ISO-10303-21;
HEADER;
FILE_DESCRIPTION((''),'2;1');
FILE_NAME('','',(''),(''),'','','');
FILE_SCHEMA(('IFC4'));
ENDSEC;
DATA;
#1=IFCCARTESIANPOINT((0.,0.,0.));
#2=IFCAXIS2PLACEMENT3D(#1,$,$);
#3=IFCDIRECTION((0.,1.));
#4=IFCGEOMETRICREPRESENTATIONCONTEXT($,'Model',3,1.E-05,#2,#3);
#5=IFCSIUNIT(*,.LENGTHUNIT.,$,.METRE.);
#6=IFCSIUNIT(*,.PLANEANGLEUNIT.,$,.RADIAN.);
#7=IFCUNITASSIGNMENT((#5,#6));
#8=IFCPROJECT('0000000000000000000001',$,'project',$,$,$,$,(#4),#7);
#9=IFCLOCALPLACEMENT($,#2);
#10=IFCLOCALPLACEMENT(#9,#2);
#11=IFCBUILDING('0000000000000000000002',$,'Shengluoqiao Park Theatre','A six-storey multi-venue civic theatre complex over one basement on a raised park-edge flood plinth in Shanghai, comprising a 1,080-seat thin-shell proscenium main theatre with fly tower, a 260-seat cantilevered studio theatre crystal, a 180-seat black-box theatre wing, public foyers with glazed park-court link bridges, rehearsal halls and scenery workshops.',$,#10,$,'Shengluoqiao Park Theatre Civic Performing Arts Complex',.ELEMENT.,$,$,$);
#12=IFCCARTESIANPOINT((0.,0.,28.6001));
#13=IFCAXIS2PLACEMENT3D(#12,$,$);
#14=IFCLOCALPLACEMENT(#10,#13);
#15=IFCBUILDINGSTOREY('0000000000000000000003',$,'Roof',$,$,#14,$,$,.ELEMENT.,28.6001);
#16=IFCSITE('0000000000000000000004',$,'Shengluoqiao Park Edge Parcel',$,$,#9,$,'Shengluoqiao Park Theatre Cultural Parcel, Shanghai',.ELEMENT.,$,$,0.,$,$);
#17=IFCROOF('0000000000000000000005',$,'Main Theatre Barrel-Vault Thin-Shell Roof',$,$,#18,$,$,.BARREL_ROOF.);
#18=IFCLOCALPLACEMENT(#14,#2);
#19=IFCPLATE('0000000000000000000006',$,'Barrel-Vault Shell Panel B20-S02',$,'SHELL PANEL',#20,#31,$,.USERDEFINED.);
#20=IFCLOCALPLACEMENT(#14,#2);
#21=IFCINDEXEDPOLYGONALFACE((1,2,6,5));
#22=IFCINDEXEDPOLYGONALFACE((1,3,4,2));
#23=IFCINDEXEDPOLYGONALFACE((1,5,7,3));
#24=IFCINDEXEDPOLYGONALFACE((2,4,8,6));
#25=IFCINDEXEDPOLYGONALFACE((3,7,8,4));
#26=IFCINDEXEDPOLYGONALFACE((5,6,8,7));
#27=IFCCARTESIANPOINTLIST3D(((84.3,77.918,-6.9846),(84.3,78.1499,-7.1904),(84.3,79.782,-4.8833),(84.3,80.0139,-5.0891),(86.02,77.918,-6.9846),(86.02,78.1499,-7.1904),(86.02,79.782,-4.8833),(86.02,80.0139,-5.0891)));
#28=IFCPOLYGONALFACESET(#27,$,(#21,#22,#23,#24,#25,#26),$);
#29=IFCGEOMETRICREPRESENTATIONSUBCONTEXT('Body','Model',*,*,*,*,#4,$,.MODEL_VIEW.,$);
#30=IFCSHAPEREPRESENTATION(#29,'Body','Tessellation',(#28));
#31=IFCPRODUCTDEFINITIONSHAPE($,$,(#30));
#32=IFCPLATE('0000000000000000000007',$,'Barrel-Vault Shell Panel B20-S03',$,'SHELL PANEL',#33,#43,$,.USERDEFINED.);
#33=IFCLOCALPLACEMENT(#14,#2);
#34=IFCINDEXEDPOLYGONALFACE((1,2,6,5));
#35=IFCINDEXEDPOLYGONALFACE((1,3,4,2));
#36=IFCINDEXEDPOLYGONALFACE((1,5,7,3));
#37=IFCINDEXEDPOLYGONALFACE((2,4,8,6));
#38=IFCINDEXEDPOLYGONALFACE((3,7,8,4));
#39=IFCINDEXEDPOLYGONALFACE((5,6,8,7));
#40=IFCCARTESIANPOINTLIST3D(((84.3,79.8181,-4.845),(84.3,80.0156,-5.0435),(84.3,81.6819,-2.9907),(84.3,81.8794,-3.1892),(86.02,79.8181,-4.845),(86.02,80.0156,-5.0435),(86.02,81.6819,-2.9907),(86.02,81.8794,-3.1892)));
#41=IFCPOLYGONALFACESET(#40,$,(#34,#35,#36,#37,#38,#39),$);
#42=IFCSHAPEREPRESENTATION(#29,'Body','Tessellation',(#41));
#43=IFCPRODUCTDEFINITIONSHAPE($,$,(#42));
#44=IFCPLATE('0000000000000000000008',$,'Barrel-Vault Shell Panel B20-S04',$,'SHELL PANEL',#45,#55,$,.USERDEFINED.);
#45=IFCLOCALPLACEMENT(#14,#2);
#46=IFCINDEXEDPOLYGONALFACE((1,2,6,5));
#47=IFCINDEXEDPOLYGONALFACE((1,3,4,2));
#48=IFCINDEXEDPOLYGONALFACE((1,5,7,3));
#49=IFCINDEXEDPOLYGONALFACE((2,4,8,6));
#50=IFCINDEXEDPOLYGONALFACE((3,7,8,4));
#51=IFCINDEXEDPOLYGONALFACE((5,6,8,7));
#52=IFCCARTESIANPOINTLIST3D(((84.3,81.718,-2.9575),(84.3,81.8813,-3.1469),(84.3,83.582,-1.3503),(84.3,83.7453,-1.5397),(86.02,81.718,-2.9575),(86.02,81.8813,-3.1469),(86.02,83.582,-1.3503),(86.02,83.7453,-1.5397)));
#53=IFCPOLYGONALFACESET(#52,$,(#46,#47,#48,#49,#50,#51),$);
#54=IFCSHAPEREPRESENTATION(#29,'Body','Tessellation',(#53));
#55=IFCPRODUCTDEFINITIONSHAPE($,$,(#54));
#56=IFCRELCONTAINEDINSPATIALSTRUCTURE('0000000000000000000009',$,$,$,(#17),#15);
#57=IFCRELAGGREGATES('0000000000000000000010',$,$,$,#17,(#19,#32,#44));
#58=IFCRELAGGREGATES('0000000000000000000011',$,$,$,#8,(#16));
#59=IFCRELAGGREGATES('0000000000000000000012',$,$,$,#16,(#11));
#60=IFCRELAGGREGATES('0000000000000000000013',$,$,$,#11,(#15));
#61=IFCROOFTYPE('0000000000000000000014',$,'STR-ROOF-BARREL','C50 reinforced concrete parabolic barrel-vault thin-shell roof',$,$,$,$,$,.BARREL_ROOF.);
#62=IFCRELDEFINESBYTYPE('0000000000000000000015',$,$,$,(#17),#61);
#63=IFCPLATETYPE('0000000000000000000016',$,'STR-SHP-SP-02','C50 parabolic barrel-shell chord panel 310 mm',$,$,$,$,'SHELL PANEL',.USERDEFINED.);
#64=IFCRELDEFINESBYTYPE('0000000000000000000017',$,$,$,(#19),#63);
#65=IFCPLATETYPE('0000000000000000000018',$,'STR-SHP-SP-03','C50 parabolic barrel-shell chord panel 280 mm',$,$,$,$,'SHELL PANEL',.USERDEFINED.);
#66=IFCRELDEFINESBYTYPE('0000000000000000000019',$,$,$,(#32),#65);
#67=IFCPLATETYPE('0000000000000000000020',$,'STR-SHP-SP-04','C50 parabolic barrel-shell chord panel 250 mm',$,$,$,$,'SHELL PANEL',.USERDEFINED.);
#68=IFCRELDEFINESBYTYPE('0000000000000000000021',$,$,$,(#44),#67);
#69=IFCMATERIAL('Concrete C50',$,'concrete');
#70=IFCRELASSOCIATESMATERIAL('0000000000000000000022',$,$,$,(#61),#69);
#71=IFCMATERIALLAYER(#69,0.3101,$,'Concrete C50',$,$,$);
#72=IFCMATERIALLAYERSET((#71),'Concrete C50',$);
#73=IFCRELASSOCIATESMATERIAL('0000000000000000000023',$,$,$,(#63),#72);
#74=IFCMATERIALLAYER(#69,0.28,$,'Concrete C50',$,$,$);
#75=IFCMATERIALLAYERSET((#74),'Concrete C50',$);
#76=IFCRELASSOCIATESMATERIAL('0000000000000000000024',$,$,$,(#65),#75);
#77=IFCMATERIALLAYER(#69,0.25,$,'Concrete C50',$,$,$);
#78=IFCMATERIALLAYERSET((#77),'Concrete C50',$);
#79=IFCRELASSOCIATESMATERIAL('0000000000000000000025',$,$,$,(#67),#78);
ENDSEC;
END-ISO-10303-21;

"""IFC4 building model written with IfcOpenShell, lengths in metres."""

from ifc_helpers import new_model, si_unit, direction, frame, origin, place, context, subcontext, project, spatial, polyline, outline, extrude, material, layer, layer_set, type_object, element, aggregate, save


model = new_model("IFC4")

# Units and contexts
model_context = context("Model", 3, precision=1e-05, world=origin(), true_north=direction((0.0, 1.0)))
body_context = subcontext(model_context, "Body", "Model", "MODEL_VIEW")
ifc_project = project(units=[si_unit("LENGTHUNIT", "METRE"), si_unit("PLANEANGLEUNIT", "RADIAN")], contexts=[model_context])

# Site, building, storey
site_placement = place(None, origin())
site = spatial("IfcSite", under=ifc_project, at=site_placement, Name="Shengluoqiao Park Edge Parcel", LongName="Shengluoqiao Park Theatre Cultural Parcel, Shanghai", CompositionType="ELEMENT", RefElevation=0.0)
building_placement = place(site_placement, origin())
building = spatial("IfcBuilding", under=site, at=building_placement, Name="Shengluoqiao Park Theatre", Description="A six-storey multi-venue civic theatre complex over one basement on a raised park-edge flood plinth in Shanghai, comprising a 1,080-seat thin-shell proscenium main theatre with fly tower, a 260-seat cantilevered studio theatre crystal, a 180-seat black-box theatre wing, public foyers with glazed park-court link bridges, rehearsal halls and scenery workshops.", LongName="Shengluoqiao Park Theatre Civic Performing Arts Complex", CompositionType="ELEMENT")
storey_placement = place(building_placement, frame((0.0, 0.0, 28.6001)))
storey = spatial("IfcBuildingStorey", under=building, at=storey_placement, Name="Roof", CompositionType="ELEMENT", Elevation=28.6001)

# Shared definitions
ifc_material_1 = material(Name="Concrete C50", Category="concrete")

# Roof, plates
roof_type = type_object("IfcRoofType", Name="STR-ROOF-BARREL", Description="C50 reinforced concrete parabolic barrel-vault thin-shell roof", PredefinedType="BARREL_ROOF", material=ifc_material_1)
roof_placement = place(storey_placement, origin())
roof = element("IfcRoof", 1, at=roof_placement, inside=storey, type_object=roof_type, Name="Main Theatre Barrel-Vault Thin-Shell Roof", PredefinedType="BARREL_ROOF")
ifc_layer_1 = layer(ifc_material_1, 0.3101, Name="Concrete C50")
ifc_layer_set_1 = layer_set([ifc_layer_1], Name="Concrete C50")
plate_type_1 = type_object("IfcPlateType", Name="STR-SHP-SP-02", Description="C50 parabolic barrel-shell chord panel 310 mm", ElementType="SHELL PANEL", PredefinedType="USERDEFINED", material=ifc_layer_set_1)
plate_1_placement = place(storey_placement, frame((84.3, 77.918, -6.9846), z_axis=(0.0, -0.748085, 0.663603), x_axis=(1.0, 0.0, 0.0)))
plate_1 = element("IfcPlate", 2, at=plate_1_placement, type_object=plate_type_1, Name="Barrel-Vault Shell Panel B20-S02", ObjectType="SHELL PANEL", PredefinedType="USERDEFINED", context=body_context, shape_type="SweptSolid", body=[
    extrude(outline(polyline([(0.0, 0.0), (1.72, 0.0), (1.72, 2.8089), (0.0, 2.8089), (0.0, 0.0)])), origin(), (0.0, 0.0, -1.0), 0.3101),
])
ifc_layer_2 = layer(ifc_material_1, 0.28, Name="Concrete C50")
ifc_layer_set_2 = layer_set([ifc_layer_2], Name="Concrete C50")
plate_type_2 = type_object("IfcPlateType", Name="STR-SHP-SP-03", Description="C50 parabolic barrel-shell chord panel 280 mm", ElementType="SHELL PANEL", PredefinedType="USERDEFINED", material=ifc_layer_set_2)
plate_2_placement = place(storey_placement, frame((84.3, 79.8181, -4.845), z_axis=(0.0, -0.705294, 0.708915), x_axis=(1.0, 0.0, 0.0)))
plate_2 = element("IfcPlate", 3, at=plate_2_placement, type_object=plate_type_2, Name="Barrel-Vault Shell Panel B20-S03", ObjectType="SHELL PANEL", PredefinedType="USERDEFINED", context=body_context, shape_type="SweptSolid", body=[
    extrude(outline(polyline([(0.0, 0.0), (1.72, 0.0), (1.72, 2.629), (0.0, 2.629), (0.0, 0.0)])), origin(), (0.0, 0.0, -1.0), 0.28),
])
ifc_layer_3 = layer(ifc_material_1, 0.25, Name="Concrete C50")
ifc_layer_set_3 = layer_set([ifc_layer_3], Name="Concrete C50")
plate_type_3 = type_object("IfcPlateType", Name="STR-SHP-SP-04", Description="C50 parabolic barrel-shell chord panel 250 mm", ElementType="SHELL PANEL", PredefinedType="USERDEFINED", material=ifc_layer_set_3)
plate_3_placement = place(storey_placement, frame((84.3, 81.718, -2.9575), z_axis=(0.0, -0.653002, 0.757356), x_axis=(1.0, 0.0, 0.0)))
plate_3 = element("IfcPlate", 4, at=plate_3_placement, type_object=plate_type_3, Name="Barrel-Vault Shell Panel B20-S04", ObjectType="SHELL PANEL", PredefinedType="USERDEFINED", context=body_context, shape_type="SweptSolid", body=[
    extrude(outline(polyline([(0.0, 0.0), (1.72, 0.0), (1.72, 2.4612), (0.0, 2.4612), (0.0, 0.0)])), origin(), (0.0, 0.0, -1.0), 0.25),
])
aggregate(roof, [plate_1, plate_2, plate_3])

save(model, "model.ifc")
